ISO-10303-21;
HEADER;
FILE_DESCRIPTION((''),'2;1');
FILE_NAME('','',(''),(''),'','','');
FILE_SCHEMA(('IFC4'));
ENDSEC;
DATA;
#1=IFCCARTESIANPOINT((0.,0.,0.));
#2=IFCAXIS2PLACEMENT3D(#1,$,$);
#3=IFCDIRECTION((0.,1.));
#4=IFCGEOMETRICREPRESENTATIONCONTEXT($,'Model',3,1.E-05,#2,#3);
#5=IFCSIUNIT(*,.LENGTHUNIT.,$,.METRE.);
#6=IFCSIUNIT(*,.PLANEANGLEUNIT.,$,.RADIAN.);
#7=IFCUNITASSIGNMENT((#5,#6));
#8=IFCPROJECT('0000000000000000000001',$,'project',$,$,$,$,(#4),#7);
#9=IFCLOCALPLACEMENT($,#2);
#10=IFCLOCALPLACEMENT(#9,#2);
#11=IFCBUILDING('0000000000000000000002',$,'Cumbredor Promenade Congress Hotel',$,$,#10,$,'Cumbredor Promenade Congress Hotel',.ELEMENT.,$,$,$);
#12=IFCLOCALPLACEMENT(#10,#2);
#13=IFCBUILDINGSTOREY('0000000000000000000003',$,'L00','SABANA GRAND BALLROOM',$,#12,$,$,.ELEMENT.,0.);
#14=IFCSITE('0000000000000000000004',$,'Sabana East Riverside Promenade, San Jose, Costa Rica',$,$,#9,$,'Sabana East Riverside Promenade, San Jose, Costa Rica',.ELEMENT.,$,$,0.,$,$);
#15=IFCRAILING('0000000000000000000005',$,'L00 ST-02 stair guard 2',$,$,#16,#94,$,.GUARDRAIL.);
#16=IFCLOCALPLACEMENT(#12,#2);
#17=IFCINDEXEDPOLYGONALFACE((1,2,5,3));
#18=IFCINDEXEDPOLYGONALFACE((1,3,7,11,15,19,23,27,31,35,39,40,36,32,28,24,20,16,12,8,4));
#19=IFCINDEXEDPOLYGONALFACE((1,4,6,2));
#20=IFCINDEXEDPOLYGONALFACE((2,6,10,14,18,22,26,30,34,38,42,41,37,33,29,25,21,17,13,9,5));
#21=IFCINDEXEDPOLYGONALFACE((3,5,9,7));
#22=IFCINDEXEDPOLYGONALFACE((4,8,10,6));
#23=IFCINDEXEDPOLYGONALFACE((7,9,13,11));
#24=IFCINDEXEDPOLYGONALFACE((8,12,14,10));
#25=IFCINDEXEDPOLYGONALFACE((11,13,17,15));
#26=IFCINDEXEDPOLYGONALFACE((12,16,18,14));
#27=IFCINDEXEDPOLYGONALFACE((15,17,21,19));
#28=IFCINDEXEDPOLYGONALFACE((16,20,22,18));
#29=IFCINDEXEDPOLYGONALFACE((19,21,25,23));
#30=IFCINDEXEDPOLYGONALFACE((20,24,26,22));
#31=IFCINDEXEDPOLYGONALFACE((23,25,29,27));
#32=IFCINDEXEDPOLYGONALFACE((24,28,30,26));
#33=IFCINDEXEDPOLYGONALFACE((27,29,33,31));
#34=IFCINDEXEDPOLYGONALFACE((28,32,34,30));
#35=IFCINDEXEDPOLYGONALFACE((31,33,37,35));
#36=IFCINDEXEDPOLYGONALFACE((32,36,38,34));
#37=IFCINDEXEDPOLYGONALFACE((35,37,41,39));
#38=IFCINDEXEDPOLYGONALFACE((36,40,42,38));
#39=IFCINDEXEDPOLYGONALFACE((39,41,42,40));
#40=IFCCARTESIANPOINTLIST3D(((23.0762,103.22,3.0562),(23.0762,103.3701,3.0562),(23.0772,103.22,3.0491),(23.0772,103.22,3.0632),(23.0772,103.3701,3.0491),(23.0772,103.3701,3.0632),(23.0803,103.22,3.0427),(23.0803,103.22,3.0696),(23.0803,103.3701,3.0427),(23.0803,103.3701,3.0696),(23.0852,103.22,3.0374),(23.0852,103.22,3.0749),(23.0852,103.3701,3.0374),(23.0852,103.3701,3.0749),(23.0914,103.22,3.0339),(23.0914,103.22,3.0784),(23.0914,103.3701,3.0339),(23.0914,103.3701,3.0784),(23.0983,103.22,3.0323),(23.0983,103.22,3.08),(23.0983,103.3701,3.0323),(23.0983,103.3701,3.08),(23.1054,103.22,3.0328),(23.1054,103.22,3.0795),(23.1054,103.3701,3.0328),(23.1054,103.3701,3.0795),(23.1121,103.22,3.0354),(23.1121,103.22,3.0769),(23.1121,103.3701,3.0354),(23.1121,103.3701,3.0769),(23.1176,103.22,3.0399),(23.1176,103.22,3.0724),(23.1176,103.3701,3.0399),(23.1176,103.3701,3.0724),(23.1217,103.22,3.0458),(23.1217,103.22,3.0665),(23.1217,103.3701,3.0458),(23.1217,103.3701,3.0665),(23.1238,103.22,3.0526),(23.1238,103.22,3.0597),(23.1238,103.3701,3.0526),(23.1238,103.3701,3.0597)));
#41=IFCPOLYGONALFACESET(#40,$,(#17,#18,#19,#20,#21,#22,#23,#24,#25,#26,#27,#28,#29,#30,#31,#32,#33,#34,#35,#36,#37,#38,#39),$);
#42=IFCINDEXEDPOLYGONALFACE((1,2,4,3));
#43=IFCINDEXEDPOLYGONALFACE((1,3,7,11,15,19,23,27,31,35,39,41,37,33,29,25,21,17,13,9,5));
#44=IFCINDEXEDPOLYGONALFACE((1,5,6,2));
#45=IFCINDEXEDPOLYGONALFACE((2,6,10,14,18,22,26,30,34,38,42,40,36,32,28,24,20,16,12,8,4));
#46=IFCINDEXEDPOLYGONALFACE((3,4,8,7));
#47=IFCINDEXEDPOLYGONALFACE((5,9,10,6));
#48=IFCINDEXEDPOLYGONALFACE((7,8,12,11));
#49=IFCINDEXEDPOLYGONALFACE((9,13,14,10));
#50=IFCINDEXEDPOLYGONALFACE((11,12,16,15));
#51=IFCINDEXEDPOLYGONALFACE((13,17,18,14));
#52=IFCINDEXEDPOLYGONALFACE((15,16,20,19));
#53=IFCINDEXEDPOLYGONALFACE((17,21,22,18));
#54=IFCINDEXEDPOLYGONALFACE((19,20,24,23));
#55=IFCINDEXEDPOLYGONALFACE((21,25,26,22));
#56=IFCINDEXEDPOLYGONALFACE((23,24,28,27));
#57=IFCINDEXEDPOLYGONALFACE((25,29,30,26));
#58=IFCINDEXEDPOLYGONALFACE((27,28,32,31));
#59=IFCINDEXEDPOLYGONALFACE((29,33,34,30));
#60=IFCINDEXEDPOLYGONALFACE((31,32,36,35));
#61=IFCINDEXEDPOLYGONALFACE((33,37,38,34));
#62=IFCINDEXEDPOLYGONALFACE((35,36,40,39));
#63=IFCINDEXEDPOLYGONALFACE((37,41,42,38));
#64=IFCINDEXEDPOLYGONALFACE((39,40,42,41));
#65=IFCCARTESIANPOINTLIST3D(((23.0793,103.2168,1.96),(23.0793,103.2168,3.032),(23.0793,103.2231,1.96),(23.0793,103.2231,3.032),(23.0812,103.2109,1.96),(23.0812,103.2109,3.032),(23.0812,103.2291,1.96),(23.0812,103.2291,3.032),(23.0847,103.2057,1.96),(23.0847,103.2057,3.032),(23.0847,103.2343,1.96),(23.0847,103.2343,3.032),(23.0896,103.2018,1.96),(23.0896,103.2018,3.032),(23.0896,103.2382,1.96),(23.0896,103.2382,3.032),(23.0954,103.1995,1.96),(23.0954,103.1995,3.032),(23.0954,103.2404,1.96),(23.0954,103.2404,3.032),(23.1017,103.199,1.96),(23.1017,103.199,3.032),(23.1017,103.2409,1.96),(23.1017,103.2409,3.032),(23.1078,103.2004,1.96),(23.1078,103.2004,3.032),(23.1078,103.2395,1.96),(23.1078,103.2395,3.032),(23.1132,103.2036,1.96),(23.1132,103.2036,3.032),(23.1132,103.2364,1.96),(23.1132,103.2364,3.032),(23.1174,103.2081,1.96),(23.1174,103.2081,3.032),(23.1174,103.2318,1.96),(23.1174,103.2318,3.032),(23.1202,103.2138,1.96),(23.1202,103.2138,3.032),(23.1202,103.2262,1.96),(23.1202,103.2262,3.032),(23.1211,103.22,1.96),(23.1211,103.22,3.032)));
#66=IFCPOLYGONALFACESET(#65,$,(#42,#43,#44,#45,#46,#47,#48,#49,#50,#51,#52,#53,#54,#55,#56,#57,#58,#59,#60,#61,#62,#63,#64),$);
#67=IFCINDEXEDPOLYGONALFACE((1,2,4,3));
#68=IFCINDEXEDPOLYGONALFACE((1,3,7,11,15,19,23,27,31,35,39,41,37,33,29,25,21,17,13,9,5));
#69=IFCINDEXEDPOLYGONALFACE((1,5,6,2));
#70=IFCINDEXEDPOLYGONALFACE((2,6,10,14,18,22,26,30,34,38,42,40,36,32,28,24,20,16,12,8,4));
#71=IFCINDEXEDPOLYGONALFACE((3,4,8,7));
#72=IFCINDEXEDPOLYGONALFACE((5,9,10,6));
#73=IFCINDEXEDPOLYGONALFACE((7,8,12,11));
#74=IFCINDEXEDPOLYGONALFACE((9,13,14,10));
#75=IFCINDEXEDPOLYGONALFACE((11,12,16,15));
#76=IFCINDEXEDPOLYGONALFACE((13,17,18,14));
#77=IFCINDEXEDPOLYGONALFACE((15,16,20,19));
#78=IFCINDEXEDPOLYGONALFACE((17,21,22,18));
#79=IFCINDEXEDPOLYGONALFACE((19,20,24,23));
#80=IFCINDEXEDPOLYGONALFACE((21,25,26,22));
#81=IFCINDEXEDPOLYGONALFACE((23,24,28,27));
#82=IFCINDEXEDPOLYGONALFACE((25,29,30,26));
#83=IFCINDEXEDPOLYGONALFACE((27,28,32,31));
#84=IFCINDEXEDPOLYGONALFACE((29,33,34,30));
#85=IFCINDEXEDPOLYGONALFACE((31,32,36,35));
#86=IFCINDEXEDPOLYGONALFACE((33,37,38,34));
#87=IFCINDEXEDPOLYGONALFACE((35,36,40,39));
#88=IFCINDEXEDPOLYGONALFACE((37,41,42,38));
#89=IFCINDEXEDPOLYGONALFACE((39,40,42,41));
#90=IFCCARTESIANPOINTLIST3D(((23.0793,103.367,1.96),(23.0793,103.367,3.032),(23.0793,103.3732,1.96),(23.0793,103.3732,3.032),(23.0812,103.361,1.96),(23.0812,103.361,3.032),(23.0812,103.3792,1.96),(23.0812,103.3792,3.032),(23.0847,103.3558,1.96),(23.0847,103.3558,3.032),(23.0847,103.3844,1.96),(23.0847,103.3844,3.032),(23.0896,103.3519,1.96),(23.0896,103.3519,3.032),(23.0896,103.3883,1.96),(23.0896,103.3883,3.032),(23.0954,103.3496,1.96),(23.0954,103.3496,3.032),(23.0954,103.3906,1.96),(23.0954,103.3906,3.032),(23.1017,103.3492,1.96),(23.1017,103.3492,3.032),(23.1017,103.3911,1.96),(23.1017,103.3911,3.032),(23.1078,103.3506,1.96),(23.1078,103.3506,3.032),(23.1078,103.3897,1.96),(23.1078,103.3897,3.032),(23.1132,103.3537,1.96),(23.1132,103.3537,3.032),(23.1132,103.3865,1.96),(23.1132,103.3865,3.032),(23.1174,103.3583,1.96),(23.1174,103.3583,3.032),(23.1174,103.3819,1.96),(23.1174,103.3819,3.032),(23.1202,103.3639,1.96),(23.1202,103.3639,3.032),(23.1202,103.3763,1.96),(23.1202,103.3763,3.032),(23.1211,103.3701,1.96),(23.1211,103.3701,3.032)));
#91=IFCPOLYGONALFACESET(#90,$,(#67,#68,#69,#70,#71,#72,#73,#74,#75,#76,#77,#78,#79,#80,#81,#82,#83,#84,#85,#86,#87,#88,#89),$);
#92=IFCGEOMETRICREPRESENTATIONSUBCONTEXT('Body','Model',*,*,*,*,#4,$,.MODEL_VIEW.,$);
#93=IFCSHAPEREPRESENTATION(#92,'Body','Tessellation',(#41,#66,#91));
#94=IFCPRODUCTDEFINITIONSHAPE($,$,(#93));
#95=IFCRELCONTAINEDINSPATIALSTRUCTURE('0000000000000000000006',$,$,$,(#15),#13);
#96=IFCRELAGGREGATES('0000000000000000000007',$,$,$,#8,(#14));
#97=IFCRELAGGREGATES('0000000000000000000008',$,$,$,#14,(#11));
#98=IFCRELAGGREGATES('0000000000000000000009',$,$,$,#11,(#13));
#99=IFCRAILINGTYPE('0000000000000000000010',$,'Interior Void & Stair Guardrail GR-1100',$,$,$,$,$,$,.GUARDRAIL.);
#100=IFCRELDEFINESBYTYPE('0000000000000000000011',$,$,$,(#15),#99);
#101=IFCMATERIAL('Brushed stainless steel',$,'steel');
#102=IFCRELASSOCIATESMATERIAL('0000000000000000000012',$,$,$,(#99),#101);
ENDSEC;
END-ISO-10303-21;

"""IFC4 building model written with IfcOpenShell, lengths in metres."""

from ifc_helpers import new_model, si_unit, direction, frame, origin, origin_2d, place, context, subcontext, project, spatial, circle, extrude, material, type_object, element, save


model = new_model("IFC4")

# Units and contexts
model_context = context("Model", 3, precision=1e-05, world=origin(), true_north=direction((0.0, 1.0)))
body_context = subcontext(model_context, "Body", "Model", "MODEL_VIEW")
ifc_project = project(units=[si_unit("LENGTHUNIT", "METRE"), si_unit("PLANEANGLEUNIT", "RADIAN")], contexts=[model_context])

# Site, building, storey
site_placement = place(None, origin())
site = spatial("IfcSite", under=ifc_project, at=site_placement, Name="Sabana East Riverside Promenade, San Jose, Costa Rica", LongName="Sabana East Riverside Promenade, San Jose, Costa Rica", CompositionType="ELEMENT", RefElevation=0.0)
building_placement = place(site_placement, origin())
building = spatial("IfcBuilding", under=site, at=building_placement, Name="Cumbredor Promenade Congress Hotel", LongName="Cumbredor Promenade Congress Hotel", CompositionType="ELEMENT")
storey_placement = place(building_placement, origin())
storey = spatial("IfcBuildingStorey", under=building, at=storey_placement, Name="L00", Description="SABANA GRAND BALLROOM", CompositionType="ELEMENT", Elevation=0.0)

# Shared definitions
ifc_material_1 = material(Name="Brushed stainless steel", Category="steel")

# Railing
railing_type_1 = type_object("IfcRailingType", Name="Interior Void & Stair Guardrail GR-1100", PredefinedType="GUARDRAIL", material=ifc_material_1)
railing_1_placement = place(storey_placement, frame((23.1001, 103.22, 1.96)))
element("IfcRailing", 1, at=railing_1_placement, inside=storey, type_object=railing_type_1, Name="L00 ST-02 stair guard 2", PredefinedType="GUARDRAIL", context=body_context, shape_type="SweptSolid", body=[
    extrude(circle(Radius=0.0239, at=origin_2d()), frame((0.0, 0.0, 1.0962), z_axis=(0.0, 1.0, 0.0), x_axis=(-1.0, 0.0, 0.0)), (0.0, 0.0, 1.0), 0.1501),
    extrude(circle(Radius=0.021, at=origin_2d()), origin(), (0.0, 0.0, 1.0), 1.072),
    extrude(circle(Radius=0.021, at=origin_2d()), frame((0.0, 0.1501, 0.0)), (0.0, 0.0, 1.0), 1.072),
])

save(model, "model.ifc")
